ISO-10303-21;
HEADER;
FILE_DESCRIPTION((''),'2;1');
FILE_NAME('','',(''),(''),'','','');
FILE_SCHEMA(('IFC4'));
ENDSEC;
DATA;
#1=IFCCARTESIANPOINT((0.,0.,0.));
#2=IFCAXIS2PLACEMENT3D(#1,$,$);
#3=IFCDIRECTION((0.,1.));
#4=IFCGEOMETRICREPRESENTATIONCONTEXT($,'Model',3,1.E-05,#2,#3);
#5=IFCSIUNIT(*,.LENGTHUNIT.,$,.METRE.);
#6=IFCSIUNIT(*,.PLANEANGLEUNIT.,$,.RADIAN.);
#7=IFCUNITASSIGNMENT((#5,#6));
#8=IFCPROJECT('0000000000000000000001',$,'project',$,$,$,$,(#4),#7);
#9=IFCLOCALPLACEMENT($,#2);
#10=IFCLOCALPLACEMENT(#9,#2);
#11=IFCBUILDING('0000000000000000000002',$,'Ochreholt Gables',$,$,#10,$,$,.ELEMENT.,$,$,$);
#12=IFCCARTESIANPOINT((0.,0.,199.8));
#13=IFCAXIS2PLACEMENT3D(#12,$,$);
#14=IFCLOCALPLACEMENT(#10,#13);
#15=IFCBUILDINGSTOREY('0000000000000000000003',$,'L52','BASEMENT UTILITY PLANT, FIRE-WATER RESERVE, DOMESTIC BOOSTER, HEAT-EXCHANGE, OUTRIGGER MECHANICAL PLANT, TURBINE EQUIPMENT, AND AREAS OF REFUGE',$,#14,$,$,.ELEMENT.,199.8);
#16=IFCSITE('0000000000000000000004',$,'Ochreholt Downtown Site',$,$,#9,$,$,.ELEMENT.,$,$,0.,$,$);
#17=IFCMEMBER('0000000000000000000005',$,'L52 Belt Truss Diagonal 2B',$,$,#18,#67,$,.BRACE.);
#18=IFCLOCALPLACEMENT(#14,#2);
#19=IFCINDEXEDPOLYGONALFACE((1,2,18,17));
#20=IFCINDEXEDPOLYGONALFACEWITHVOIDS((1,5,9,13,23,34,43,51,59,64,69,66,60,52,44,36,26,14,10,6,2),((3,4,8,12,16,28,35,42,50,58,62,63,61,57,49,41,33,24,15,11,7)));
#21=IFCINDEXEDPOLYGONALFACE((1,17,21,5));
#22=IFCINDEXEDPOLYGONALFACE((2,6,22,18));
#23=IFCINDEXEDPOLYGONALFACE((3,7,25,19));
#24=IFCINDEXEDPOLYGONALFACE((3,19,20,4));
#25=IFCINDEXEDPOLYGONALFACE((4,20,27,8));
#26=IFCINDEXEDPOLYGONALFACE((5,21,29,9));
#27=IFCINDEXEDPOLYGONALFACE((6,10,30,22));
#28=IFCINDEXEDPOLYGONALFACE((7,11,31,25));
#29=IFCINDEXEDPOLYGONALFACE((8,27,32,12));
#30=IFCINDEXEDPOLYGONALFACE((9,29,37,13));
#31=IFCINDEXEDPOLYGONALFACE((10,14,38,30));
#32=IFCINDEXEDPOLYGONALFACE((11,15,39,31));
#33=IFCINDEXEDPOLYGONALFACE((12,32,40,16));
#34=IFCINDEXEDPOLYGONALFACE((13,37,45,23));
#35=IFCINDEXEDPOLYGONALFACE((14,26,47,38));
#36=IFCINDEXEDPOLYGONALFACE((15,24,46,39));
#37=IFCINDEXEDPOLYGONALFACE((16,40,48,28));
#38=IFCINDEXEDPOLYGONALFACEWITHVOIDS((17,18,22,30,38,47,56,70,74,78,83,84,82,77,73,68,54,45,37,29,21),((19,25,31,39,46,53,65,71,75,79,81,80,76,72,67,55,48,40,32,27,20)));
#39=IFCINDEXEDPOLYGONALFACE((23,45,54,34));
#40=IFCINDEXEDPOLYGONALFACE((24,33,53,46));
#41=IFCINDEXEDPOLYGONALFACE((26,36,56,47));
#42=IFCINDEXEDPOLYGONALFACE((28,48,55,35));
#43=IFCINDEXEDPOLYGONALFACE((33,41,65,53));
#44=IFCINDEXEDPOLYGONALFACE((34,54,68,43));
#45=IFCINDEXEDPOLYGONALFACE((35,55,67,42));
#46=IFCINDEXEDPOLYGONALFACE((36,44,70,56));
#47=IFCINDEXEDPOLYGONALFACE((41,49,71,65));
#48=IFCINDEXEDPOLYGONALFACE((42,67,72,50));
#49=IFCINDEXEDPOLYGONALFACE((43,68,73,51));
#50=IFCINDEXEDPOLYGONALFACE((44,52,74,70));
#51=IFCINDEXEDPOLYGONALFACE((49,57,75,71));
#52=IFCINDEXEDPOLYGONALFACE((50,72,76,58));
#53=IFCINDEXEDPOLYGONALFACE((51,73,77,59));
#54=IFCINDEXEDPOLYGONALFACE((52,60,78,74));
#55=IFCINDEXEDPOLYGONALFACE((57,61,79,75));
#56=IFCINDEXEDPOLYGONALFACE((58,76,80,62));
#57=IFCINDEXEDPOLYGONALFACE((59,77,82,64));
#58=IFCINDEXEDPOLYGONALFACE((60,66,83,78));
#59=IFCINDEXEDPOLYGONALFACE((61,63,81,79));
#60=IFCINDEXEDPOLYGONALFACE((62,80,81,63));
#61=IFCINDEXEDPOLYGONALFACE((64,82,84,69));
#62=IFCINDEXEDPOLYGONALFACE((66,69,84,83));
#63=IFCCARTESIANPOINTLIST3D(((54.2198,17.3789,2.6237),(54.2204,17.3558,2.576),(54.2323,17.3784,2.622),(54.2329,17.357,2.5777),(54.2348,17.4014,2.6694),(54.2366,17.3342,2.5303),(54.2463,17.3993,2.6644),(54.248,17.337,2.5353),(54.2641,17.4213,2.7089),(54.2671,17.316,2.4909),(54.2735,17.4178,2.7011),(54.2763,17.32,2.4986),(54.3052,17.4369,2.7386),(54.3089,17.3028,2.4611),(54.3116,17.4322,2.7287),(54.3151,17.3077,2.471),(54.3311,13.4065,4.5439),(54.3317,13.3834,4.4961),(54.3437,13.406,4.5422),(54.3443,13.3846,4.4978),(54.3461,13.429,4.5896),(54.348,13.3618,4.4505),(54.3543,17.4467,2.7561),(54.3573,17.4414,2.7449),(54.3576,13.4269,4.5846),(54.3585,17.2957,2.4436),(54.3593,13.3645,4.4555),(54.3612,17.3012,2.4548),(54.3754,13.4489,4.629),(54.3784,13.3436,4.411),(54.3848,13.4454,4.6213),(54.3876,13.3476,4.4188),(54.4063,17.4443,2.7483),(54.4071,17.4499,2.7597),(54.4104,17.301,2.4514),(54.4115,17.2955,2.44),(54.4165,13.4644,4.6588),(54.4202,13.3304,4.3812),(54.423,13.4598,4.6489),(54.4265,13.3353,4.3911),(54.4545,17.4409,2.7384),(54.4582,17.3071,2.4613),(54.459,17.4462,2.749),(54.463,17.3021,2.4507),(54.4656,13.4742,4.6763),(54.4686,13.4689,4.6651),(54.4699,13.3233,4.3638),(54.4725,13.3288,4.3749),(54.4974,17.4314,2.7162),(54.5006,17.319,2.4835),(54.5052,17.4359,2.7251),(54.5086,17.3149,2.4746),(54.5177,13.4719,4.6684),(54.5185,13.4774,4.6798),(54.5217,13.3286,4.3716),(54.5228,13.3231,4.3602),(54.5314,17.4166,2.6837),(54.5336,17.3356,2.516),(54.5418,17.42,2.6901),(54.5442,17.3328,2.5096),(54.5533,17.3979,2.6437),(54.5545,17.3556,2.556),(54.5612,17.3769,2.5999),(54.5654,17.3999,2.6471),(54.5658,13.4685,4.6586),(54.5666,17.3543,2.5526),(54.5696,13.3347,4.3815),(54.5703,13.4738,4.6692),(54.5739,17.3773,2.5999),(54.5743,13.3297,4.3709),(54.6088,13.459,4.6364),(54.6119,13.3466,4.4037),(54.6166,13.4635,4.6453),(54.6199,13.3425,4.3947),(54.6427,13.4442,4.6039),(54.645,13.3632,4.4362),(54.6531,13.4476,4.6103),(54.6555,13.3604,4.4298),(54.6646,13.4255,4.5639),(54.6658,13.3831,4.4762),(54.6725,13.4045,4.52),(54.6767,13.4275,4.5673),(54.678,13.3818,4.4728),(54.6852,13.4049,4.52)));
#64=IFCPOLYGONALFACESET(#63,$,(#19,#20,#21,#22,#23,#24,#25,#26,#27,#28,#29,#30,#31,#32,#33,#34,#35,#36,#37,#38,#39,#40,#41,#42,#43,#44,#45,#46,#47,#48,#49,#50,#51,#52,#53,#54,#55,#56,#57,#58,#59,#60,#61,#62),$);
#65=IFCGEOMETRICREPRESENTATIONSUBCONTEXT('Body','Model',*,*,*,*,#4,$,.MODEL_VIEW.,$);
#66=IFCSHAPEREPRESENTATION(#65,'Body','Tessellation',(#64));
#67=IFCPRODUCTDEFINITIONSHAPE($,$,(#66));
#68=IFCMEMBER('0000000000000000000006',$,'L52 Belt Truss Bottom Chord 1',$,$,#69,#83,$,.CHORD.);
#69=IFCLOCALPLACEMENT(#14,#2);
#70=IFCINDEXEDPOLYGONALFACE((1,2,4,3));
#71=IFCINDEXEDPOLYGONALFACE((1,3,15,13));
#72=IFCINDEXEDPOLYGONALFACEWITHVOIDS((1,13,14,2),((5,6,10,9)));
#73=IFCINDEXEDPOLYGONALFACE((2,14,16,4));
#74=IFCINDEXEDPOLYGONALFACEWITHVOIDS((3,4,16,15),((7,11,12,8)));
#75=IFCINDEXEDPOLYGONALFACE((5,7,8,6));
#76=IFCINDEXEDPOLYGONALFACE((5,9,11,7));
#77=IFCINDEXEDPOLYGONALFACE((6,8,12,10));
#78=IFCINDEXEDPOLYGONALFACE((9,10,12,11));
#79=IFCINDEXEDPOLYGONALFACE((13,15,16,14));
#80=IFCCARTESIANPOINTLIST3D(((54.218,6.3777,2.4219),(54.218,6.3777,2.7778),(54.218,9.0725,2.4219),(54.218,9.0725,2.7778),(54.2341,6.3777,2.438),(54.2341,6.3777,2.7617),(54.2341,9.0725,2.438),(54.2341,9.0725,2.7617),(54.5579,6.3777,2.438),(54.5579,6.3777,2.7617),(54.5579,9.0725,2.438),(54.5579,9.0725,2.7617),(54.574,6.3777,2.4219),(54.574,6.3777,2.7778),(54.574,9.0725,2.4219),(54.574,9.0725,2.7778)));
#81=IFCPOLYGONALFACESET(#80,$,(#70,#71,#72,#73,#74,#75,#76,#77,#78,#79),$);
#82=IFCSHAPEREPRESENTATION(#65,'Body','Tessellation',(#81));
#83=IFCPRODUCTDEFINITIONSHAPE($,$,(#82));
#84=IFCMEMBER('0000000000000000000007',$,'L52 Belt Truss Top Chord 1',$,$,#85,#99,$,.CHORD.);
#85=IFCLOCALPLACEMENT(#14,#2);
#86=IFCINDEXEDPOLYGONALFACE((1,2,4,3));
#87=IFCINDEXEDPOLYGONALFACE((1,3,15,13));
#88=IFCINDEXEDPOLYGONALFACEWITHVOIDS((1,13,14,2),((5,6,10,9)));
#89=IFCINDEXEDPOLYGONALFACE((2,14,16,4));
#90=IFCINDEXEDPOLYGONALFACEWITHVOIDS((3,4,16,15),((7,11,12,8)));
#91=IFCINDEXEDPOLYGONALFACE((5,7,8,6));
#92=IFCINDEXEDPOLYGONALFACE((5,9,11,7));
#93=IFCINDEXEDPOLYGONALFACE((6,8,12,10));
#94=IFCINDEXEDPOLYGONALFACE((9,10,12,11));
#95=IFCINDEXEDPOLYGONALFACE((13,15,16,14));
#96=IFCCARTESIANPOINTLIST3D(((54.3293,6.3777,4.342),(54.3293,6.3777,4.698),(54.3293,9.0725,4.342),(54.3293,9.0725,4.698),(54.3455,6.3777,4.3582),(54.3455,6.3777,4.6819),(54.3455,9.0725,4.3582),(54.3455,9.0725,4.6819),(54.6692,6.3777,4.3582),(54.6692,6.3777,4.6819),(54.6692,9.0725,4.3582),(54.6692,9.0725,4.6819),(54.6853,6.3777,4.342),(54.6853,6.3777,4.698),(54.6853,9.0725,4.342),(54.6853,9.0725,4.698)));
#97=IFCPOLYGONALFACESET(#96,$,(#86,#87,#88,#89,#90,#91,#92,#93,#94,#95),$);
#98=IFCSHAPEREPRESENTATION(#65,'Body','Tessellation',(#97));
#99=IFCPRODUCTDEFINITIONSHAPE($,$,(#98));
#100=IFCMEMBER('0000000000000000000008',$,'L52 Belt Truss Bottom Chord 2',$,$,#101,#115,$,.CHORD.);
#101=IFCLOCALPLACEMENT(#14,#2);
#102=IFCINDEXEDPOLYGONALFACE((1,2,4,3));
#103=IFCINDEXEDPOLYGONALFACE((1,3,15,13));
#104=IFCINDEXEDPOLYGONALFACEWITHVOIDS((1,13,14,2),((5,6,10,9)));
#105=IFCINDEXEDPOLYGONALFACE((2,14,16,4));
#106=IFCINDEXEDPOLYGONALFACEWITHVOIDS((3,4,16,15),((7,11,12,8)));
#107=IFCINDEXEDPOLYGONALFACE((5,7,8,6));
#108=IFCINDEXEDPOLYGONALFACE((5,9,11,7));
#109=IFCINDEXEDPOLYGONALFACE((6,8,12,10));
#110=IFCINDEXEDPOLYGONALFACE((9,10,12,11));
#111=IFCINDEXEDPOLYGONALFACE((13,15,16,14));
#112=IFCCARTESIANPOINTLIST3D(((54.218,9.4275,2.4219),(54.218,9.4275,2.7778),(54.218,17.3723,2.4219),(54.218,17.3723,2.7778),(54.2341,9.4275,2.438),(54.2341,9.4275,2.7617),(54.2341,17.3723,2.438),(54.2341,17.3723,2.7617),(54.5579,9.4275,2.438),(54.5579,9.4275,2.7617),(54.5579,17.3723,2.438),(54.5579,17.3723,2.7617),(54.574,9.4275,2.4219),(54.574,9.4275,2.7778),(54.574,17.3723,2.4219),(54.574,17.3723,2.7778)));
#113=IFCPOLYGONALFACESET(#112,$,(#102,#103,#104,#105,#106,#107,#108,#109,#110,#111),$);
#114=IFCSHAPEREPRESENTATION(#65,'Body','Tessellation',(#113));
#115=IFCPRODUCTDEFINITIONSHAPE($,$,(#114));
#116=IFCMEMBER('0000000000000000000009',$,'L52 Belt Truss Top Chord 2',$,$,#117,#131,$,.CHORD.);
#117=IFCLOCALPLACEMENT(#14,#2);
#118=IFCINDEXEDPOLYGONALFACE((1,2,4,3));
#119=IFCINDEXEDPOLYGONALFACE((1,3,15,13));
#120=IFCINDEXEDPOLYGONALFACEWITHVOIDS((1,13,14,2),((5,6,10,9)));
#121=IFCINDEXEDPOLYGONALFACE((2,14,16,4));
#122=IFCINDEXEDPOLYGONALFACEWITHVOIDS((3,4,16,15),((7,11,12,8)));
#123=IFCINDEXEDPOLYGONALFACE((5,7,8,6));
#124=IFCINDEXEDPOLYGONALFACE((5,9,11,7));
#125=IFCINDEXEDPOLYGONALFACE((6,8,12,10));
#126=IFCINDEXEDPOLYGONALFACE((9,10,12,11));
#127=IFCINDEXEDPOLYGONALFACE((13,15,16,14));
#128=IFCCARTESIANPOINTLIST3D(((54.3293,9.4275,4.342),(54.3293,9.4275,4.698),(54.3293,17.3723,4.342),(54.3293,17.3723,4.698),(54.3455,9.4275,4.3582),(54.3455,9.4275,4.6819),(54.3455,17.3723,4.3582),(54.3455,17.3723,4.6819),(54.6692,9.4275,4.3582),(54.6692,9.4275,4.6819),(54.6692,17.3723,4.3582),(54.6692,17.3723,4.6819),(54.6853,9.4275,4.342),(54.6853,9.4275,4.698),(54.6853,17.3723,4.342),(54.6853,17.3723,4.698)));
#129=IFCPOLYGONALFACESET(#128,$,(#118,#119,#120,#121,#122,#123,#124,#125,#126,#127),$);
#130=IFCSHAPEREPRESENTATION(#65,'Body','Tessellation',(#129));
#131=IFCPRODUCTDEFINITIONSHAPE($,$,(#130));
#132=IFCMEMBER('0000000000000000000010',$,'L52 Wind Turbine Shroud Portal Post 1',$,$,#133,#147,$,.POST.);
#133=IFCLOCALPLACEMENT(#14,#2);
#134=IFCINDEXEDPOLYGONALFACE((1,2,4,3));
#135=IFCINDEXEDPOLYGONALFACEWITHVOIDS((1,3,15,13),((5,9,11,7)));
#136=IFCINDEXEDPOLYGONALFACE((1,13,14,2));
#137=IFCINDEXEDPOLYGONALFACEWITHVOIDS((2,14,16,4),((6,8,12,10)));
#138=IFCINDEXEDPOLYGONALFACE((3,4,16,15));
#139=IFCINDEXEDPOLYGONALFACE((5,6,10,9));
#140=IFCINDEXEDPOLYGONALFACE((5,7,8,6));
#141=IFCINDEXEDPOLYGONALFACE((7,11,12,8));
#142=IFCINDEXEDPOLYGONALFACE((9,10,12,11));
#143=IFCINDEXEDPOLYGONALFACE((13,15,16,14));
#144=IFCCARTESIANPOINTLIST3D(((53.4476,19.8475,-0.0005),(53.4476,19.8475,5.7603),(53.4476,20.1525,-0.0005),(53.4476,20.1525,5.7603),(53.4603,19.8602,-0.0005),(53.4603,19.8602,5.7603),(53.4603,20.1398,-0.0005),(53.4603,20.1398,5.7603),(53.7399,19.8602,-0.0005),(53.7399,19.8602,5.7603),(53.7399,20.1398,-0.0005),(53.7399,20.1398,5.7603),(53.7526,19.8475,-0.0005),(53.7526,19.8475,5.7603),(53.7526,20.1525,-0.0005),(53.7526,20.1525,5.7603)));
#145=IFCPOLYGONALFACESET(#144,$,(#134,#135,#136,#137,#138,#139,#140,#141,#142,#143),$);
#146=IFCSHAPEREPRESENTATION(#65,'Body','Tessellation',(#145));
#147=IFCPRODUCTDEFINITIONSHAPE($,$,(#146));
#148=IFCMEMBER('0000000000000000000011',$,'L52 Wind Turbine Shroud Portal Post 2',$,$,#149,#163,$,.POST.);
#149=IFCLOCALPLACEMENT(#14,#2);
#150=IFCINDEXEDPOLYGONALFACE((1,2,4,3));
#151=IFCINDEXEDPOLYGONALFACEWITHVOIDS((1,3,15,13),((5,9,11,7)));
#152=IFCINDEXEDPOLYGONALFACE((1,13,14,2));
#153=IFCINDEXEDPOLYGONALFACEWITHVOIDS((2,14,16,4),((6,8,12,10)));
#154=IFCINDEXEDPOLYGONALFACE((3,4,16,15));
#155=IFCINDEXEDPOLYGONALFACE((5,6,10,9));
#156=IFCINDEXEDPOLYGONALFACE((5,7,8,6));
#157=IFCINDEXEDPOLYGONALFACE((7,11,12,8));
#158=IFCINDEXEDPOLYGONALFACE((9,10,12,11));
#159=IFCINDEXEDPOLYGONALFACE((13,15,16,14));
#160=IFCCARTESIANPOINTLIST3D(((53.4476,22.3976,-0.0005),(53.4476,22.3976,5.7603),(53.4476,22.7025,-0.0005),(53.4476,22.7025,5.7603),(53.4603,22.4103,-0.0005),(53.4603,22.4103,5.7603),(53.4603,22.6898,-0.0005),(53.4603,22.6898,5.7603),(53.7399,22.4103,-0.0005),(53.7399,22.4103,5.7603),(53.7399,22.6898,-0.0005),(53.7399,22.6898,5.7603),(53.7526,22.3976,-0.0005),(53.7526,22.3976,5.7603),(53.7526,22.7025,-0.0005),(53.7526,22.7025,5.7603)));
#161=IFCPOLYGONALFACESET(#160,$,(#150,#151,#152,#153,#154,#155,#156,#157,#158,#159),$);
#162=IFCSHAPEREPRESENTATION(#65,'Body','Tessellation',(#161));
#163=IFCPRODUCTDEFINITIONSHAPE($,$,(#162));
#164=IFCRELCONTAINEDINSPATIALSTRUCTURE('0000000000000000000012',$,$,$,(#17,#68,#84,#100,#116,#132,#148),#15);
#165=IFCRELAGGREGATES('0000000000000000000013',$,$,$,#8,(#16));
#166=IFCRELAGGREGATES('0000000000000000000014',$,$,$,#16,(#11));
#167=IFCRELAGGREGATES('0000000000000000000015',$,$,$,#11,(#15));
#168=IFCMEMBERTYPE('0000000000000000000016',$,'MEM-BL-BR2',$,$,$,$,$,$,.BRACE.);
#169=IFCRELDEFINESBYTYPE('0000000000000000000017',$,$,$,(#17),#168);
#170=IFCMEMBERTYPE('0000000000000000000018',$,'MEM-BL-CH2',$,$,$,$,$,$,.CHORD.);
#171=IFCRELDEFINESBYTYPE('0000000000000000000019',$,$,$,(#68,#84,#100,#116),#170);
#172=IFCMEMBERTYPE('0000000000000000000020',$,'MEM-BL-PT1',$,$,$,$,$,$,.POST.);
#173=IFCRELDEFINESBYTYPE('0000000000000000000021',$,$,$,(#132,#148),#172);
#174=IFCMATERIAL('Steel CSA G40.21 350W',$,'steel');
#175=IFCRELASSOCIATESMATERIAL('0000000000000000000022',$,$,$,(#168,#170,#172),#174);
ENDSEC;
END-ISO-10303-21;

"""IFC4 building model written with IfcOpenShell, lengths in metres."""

from ifc_helpers import new_model, si_unit, direction, frame, origin, origin_2d, place, context, subcontext, project, spatial, hollow_rectangle, hollow_circle, extrude, material, material_profile, profile_set, type_object, element, save


model = new_model("IFC4")

# Units and contexts
model_context = context("Model", 3, precision=1e-05, world=origin(), true_north=direction((0.0, 1.0)))
body_context = subcontext(model_context, "Body", "Model", "MODEL_VIEW")
ifc_project = project(units=[si_unit("LENGTHUNIT", "METRE"), si_unit("PLANEANGLEUNIT", "RADIAN")], contexts=[model_context])

# Site, building, storey
site_placement = place(None, origin())
site = spatial("IfcSite", under=ifc_project, at=site_placement, Name="Ochreholt Downtown Site", CompositionType="ELEMENT", RefElevation=0.0)
building_placement = place(site_placement, origin())
building = spatial("IfcBuilding", under=site, at=building_placement, Name="Ochreholt Gables", CompositionType="ELEMENT")
storey_placement = place(building_placement, frame((0.0, 0.0, 199.8)))
storey = spatial("IfcBuildingStorey", under=building, at=storey_placement, Name="L52", Description="BASEMENT UTILITY PLANT, FIRE-WATER RESERVE, DOMESTIC BOOSTER, HEAT-EXCHANGE, OUTRIGGER MECHANICAL PLANT, TURBINE EQUIPMENT, AND AREAS OF REFUGE", CompositionType="ELEMENT", Elevation=199.8)

# Shared definitions
ifc_material_1 = material(Name="Steel CSA G40.21 350W", Category="steel")

# Members
ifc_material_profile_1 = material_profile(ifc_material_1, hollow_circle(Radius=0.178, WallThickness=0.0127, at=origin_2d()), Name="CHS356X13")
ifc_profile_set_1 = profile_set([ifc_material_profile_1], Name="Steel CSA G40.21 350W")
member_type_1 = type_object("IfcMemberType", Name="MEM-BL-BR2", PredefinedType="BRACE", material=ifc_profile_set_1)
for number, where, z_axis, x_axis, name in (
    (1, (54.396, 17.3723, 2.5999), (0.025224, -0.900048, 0.435061), (0.999608, 0.028014, 0.0), "L52 Belt Truss Diagonal 2B"),
):
    element("IfcMember", number, at=place(storey_placement, frame(where, z_axis=z_axis, x_axis=x_axis)), inside=storey, type_object=member_type_1, Name=name, PredefinedType="BRACE", context=body_context, shape_type="SweptSolid", body=[
        extrude(hollow_circle(Radius=0.178, WallThickness=0.0127, at=origin_2d()), origin(), (0.0, 0.0, 1.0), 4.4136),
    ])
ifc_material_profile_2 = material_profile(ifc_material_1, hollow_rectangle(XDim=0.356, YDim=0.356, WallThickness=0.0161, at=origin_2d()), Name="HSS356X356X16")
ifc_profile_set_2 = profile_set([ifc_material_profile_2], Name="Steel CSA G40.21 350W")
member_type_2 = type_object("IfcMemberType", Name="MEM-BL-CH2", PredefinedType="CHORD", material=ifc_profile_set_2)
for number, where, z_axis, x_axis, name in (
    (2, (54.396, 6.3777, 2.5999), (0.0, 1.0, 0.0), (-1.0, 0.0, 0.0), "L52 Belt Truss Bottom Chord 1"),
    (3, (54.5073, 6.3777, 4.52), (0.0, 1.0, 0.0), (-1.0, 0.0, 0.0), "L52 Belt Truss Top Chord 1"),
):
    element("IfcMember", number, at=place(storey_placement, frame(where, z_axis=z_axis, x_axis=x_axis)), inside=storey, type_object=member_type_2, Name=name, PredefinedType="CHORD", context=body_context, shape_type="SweptSolid", body=[
        extrude(hollow_rectangle(XDim=0.356, YDim=0.356, WallThickness=0.0161, at=origin_2d()), origin(), (0.0, 0.0, 1.0), 2.6948),
    ])
for number, where, z_axis, x_axis, name in (
    (4, (54.396, 9.4275, 2.5999), (0.0, 1.0, 0.0), (-1.0, 0.0, 0.0), "L52 Belt Truss Bottom Chord 2"),
    (5, (54.5073, 9.4275, 4.52), (0.0, 1.0, 0.0), (-1.0, 0.0, 0.0), "L52 Belt Truss Top Chord 2"),
):
    element("IfcMember", number, at=place(storey_placement, frame(where, z_axis=z_axis, x_axis=x_axis)), inside=storey, type_object=member_type_2, Name=name, PredefinedType="CHORD", context=body_context, shape_type="SweptSolid", body=[
        extrude(hollow_rectangle(XDim=0.356, YDim=0.356, WallThickness=0.0161, at=origin_2d()), origin(), (0.0, 0.0, 1.0), 7.9448),
    ])
ifc_material_profile_3 = material_profile(ifc_material_1, hollow_rectangle(XDim=0.3049, YDim=0.3049, WallThickness=0.0127, at=origin_2d()), Name="HSS305X305X13")
ifc_profile_set_3 = profile_set([ifc_material_profile_3], Name="Steel CSA G40.21 350W")
member_type_3 = type_object("IfcMemberType", Name="MEM-BL-PT1", PredefinedType="POST", material=ifc_profile_set_3)
for number, where, z_axis, x_axis, name in (
    (6, (53.6001, 20.0, -0.0005), (0.0, 0.0, 1.0), (1.0, 0.0, 0.0), "L52 Wind Turbine Shroud Portal Post 1"),
    (7, (53.6001, 22.55, -0.0005), (0.0, 0.0, 1.0), (1.0, 0.0, 0.0), "L52 Wind Turbine Shroud Portal Post 2"),
):
    element("IfcMember", number, at=place(storey_placement, frame(where, z_axis=z_axis, x_axis=x_axis)), inside=storey, type_object=member_type_3, Name=name, PredefinedType="POST", context=body_context, shape_type="SweptSolid", body=[
        extrude(hollow_rectangle(XDim=0.3049, YDim=0.3049, WallThickness=0.0127, at=origin_2d()), origin(), (0.0, 0.0, 1.0), 5.7607),
    ])

save(model, "model.ifc")
